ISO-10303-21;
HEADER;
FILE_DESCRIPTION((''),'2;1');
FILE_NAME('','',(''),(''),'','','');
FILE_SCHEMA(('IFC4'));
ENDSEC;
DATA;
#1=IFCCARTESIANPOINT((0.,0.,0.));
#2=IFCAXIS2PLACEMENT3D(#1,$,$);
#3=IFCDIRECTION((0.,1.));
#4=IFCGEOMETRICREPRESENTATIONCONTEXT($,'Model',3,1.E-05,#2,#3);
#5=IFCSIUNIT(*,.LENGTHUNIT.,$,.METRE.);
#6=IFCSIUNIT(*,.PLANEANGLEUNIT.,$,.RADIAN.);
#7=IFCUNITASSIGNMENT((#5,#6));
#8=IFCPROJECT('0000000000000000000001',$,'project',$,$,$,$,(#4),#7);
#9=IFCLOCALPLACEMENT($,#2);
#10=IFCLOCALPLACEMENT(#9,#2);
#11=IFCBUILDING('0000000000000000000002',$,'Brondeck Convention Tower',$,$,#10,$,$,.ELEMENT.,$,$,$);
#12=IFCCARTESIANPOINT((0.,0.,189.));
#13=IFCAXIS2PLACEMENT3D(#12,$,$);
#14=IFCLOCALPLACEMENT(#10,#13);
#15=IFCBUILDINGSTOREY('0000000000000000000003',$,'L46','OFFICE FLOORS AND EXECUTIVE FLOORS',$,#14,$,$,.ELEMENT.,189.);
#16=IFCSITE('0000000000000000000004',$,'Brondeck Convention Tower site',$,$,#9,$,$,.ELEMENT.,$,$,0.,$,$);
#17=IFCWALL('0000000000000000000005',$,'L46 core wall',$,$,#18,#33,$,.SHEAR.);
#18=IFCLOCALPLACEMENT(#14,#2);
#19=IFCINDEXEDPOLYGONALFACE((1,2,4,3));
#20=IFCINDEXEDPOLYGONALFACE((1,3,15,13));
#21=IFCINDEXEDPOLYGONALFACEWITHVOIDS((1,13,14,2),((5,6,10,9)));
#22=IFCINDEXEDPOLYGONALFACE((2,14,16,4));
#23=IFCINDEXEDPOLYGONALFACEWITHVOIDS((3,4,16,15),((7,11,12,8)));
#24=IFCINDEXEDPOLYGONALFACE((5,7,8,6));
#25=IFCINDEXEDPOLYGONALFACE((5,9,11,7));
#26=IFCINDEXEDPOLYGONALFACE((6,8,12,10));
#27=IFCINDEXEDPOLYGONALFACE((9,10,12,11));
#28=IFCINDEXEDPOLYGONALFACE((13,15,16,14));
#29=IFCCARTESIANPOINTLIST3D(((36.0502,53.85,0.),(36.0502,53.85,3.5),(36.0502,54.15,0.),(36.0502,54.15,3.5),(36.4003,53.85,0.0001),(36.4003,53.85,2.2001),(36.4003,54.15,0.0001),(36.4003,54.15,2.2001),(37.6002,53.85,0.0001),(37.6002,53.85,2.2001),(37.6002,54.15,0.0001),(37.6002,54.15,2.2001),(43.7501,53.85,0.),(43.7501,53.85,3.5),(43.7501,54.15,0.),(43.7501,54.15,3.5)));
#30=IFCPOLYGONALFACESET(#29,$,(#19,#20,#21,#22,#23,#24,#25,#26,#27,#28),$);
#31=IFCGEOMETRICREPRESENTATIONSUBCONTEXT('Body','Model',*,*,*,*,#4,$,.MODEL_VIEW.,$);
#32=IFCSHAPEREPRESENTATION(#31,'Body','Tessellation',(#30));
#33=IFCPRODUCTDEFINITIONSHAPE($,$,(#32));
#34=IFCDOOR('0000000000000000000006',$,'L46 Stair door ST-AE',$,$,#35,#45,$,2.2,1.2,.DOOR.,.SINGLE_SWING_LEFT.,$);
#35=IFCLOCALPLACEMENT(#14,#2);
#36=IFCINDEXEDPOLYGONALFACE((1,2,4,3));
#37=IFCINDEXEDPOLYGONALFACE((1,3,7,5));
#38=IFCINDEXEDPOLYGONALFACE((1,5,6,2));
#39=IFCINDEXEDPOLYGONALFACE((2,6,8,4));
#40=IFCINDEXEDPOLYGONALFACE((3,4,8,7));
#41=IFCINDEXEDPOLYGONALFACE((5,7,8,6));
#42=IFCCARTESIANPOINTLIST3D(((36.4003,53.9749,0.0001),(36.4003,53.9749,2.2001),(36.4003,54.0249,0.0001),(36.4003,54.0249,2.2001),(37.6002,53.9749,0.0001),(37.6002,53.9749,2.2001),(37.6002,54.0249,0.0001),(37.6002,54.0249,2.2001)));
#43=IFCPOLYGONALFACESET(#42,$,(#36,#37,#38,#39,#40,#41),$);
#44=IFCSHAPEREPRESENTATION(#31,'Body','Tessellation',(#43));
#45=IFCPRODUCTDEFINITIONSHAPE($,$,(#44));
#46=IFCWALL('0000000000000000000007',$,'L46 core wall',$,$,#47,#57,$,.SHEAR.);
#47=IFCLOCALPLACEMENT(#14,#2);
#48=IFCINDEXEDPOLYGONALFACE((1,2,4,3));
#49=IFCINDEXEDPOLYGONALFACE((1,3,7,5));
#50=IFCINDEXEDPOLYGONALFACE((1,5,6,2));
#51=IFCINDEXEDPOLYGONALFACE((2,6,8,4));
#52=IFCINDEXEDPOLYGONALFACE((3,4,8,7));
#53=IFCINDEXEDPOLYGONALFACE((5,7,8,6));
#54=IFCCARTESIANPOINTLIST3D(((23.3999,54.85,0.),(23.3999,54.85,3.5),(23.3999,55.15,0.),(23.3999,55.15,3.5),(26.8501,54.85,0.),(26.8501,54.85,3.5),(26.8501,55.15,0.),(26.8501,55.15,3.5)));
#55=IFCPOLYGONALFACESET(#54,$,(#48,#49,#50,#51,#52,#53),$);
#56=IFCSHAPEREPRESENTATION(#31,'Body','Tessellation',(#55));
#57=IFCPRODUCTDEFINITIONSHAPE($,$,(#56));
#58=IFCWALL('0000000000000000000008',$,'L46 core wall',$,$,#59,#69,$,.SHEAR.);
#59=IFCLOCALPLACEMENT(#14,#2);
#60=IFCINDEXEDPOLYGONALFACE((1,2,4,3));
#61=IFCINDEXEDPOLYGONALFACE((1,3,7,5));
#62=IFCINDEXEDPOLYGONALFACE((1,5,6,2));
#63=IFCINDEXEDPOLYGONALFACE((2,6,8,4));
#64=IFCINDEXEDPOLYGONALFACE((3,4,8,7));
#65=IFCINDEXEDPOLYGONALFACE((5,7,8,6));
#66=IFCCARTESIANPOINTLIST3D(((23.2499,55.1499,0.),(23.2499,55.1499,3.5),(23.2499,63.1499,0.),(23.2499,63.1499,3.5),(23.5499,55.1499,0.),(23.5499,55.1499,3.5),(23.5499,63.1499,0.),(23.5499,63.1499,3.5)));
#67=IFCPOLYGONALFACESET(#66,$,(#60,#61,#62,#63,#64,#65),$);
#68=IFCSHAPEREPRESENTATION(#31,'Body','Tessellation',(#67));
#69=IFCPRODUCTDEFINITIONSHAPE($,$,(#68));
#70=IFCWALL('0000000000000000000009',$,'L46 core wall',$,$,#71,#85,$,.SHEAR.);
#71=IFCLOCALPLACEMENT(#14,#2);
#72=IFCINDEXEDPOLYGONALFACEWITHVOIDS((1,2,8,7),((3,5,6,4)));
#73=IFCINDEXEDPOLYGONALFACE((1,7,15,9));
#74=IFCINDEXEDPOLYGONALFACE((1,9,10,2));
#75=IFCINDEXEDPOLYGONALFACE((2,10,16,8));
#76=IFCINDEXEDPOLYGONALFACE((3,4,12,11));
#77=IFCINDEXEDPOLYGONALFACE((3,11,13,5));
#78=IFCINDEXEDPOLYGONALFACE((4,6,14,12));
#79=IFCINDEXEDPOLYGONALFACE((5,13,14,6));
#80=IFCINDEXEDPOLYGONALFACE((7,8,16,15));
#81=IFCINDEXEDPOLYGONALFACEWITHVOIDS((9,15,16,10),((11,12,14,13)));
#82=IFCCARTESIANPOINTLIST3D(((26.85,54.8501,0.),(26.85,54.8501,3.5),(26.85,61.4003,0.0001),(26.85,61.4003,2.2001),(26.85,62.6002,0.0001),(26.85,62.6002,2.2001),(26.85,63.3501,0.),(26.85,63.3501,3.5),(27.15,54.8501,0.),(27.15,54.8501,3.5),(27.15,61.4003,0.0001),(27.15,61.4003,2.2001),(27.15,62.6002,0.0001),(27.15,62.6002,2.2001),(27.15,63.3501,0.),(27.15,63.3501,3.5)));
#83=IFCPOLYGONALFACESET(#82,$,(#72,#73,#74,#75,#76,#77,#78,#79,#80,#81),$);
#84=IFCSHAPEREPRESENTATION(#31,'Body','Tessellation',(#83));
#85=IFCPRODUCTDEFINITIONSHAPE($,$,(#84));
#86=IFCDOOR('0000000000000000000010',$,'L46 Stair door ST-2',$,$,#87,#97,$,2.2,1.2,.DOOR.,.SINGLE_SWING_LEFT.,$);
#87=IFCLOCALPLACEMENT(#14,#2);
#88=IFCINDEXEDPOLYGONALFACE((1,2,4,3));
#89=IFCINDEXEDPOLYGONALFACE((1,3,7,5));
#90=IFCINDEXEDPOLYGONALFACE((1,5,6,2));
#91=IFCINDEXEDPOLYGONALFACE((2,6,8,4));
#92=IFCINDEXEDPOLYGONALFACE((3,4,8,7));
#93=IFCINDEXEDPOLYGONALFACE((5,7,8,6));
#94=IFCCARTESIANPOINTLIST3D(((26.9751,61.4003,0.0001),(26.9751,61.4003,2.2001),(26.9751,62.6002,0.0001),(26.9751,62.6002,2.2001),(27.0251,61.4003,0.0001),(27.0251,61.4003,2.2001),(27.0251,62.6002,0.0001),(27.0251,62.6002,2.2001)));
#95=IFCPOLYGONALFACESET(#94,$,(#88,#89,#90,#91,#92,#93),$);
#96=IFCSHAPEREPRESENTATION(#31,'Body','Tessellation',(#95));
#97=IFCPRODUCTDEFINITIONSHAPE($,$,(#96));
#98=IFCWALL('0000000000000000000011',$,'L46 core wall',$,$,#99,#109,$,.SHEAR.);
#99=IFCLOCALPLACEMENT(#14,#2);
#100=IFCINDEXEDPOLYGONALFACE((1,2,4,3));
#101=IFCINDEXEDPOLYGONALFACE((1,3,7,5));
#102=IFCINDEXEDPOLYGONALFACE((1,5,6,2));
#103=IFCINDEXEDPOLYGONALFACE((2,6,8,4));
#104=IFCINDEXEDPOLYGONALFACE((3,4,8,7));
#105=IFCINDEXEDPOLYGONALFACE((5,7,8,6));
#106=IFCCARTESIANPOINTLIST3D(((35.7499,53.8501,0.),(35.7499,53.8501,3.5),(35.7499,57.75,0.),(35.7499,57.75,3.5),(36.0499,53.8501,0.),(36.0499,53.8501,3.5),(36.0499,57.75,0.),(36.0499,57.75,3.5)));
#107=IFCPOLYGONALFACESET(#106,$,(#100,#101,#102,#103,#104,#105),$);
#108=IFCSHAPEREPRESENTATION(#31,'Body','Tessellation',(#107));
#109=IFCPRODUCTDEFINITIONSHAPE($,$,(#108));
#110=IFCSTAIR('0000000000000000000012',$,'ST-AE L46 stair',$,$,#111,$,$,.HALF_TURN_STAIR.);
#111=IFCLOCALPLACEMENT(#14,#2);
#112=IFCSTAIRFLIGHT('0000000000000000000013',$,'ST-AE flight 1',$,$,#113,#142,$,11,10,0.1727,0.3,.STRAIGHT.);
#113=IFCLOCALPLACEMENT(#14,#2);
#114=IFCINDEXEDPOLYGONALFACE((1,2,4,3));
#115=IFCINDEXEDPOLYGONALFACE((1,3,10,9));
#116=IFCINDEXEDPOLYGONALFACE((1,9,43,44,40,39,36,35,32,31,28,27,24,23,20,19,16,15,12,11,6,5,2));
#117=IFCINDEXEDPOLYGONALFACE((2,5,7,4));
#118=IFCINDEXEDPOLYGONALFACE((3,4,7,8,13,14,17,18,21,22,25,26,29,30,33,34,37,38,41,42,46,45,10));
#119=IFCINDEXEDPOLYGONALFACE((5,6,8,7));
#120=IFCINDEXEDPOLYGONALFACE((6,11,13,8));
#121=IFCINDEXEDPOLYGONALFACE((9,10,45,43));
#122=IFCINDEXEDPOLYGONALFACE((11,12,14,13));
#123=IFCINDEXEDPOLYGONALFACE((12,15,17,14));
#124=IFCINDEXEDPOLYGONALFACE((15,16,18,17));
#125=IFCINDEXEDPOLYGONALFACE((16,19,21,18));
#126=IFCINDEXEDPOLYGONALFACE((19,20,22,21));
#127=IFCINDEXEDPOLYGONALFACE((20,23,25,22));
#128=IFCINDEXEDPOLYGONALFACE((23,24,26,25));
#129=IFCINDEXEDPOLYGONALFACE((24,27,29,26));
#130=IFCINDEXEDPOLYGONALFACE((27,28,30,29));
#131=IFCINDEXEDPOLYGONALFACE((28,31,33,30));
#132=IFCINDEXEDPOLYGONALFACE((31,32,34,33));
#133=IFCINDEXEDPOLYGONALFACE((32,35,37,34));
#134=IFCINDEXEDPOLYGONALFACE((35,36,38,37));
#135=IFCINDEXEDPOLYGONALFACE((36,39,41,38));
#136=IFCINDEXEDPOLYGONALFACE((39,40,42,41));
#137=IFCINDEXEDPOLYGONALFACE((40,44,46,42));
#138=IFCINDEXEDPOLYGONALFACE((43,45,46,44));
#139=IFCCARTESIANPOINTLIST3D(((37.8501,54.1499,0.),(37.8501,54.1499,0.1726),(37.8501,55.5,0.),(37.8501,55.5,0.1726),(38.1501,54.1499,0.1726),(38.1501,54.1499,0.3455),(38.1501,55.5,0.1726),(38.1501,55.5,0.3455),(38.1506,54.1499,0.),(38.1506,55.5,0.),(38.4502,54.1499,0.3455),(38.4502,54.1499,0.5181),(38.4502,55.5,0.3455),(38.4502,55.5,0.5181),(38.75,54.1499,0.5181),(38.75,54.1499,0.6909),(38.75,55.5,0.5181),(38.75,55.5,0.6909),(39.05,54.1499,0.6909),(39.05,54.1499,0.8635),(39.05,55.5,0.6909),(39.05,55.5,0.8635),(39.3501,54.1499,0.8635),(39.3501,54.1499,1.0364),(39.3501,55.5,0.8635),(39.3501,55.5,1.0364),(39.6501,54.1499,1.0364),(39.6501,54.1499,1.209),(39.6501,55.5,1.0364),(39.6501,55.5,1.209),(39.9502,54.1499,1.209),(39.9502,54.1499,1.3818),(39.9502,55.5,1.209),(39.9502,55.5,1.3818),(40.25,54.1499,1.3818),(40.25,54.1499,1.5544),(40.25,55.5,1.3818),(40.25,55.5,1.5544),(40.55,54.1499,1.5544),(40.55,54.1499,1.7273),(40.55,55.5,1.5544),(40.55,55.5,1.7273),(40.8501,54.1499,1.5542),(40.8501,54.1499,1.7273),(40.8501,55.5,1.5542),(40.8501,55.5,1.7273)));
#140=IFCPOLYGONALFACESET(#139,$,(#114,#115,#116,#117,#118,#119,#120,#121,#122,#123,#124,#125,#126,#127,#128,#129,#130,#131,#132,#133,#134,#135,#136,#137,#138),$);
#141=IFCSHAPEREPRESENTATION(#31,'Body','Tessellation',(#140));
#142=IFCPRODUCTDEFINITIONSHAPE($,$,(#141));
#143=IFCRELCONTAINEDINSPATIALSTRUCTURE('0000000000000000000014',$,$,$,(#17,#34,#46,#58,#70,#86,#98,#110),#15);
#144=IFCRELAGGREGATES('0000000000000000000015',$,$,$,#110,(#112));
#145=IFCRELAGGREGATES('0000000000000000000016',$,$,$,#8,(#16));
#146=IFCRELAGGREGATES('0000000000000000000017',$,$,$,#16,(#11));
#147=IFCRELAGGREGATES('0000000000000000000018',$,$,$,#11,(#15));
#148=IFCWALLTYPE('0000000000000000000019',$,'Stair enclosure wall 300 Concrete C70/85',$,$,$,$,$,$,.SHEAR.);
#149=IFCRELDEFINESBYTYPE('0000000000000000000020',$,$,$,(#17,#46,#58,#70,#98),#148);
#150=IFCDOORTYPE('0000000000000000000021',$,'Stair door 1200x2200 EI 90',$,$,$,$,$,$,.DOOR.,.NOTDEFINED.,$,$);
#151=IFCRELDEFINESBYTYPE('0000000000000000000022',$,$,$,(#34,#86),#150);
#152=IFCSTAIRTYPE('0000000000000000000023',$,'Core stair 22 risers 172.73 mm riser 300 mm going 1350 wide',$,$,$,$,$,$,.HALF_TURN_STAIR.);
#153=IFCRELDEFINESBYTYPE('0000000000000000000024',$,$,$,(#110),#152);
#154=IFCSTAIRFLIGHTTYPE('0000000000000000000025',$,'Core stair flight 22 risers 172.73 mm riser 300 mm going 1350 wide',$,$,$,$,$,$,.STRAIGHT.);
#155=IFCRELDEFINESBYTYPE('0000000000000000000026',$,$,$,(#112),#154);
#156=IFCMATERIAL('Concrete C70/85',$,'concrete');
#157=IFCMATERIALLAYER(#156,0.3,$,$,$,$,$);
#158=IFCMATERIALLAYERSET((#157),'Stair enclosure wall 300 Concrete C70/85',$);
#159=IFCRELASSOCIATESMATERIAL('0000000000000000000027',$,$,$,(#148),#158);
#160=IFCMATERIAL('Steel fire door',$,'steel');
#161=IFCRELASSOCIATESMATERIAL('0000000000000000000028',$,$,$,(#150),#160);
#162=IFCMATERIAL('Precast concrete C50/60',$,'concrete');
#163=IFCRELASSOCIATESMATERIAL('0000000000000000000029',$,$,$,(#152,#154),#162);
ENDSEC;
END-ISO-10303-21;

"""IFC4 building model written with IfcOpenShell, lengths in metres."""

from ifc_helpers import new_model, si_unit, direction, frame, frame_2d, origin, place, context, subcontext, project, spatial, polyline, rectangle, outline, extrude, material, layer, layer_set, type_object, element, fill, aggregate, save


model = new_model("IFC4")

# Units and contexts
model_context = context("Model", 3, precision=1e-05, world=origin(), true_north=direction((0.0, 1.0)))
body_context = subcontext(model_context, "Body", "Model", "MODEL_VIEW")
ifc_project = project(units=[si_unit("LENGTHUNIT", "METRE"), si_unit("PLANEANGLEUNIT", "RADIAN")], contexts=[model_context])

# Site, building, storey
site_placement = place(None, origin())
site = spatial("IfcSite", under=ifc_project, at=site_placement, Name="Brondeck Convention Tower site", CompositionType="ELEMENT", RefElevation=0.0)
building_placement = place(site_placement, origin())
building = spatial("IfcBuilding", under=site, at=building_placement, Name="Brondeck Convention Tower", CompositionType="ELEMENT")
storey_placement = place(building_placement, frame((0.0, 0.0, 189.0)))
storey = spatial("IfcBuildingStorey", under=building, at=storey_placement, Name="L46", Description="OFFICE FLOORS AND EXECUTIVE FLOORS", CompositionType="ELEMENT", Elevation=189.0)

# Shared definitions
ifc_material_1 = material(Name="Concrete C70/85", Category="concrete")

# Shared definitions
ifc_material_2 = material(Name="Steel fire door", Category="steel")

# Wall, opening, door
ifc_layer_1 = layer(ifc_material_1, 0.3)
ifc_layer_set_1 = layer_set([ifc_layer_1], Name="Stair enclosure wall 300 Concrete C70/85")
wall_type_1 = type_object("IfcWallType", Name="Stair enclosure wall 300 Concrete C70/85", PredefinedType="SHEAR", material=ifc_layer_set_1)
wall_1_placement = place(storey_placement, frame((36.05, 54.0, 0.0), z_axis=(0.0, 0.0, 1.0), x_axis=(1.0, 0.0, 0.0)))
wall_1 = element("IfcWall", 1, at=wall_1_placement, inside=storey, type_object=wall_type_1, Name="L46 core wall", PredefinedType="SHEAR", context=body_context, shape_type="SweptSolid", body=[
    extrude(rectangle(XDim=7.7, YDim=0.3, at=frame_2d((3.8501, 0.0))), origin(), (0.0, 0.0, 1.0), 3.5),
])
opening_1_placement = place(wall_1_placement, frame((0.3501, 0.0, 0.0)))
opening_1 = element("IfcOpeningElement", 2, at=opening_1_placement, cuts=wall_1, PredefinedType="OPENING", context=body_context, shape_type="SweptSolid", body=[
    extrude(rectangle(XDim=1.2, YDim=2.2, at=frame_2d((0.6001, 1.1001))), frame((0.0, 0.1599, 0.0), z_axis=(0.0, -1.0, 0.0), x_axis=(1.0, 0.0, 0.0)), (0.0, 0.0, 1.0), 0.3201),
])
door_type_1 = type_object("IfcDoorType", Name="Stair door 1200x2200 EI 90", OperationType="NOTDEFINED", PredefinedType="DOOR", material=ifc_material_2)
door_1_placement = place(opening_1_placement, origin())
door_1 = element("IfcDoor", 3, at=door_1_placement, inside=storey, type_object=door_type_1, Name="L46 Stair door ST-AE", OperationType="SINGLE_SWING_LEFT", OverallHeight=2.2, OverallWidth=1.2, PredefinedType="DOOR", context=body_context, shape_type="SweptSolid", body=[
    extrude(rectangle(XDim=1.2, YDim=2.2, at=frame_2d((0.6001, 1.1001))), frame((0.0, 0.0249, 0.0), z_axis=(0.0, -1.0, 0.0), x_axis=(1.0, 0.0, 0.0)), (0.0, 0.0, 1.0), 0.05),
])
fill(opening_1, door_1)

# Walls
wall_2_placement = place(storey_placement, frame((23.3999, 55.0, 0.0), z_axis=(0.0, 0.0, 1.0), x_axis=(1.0, 0.0, 0.0)))
element("IfcWall", 4, at=wall_2_placement, inside=storey, type_object=wall_type_1, Name="L46 core wall", PredefinedType="SHEAR", context=body_context, shape_type="SweptSolid", body=[
    extrude(rectangle(XDim=3.4502, YDim=0.3, at=frame_2d((1.7251, 0.0))), origin(), (0.0, 0.0, 1.0), 3.5),
])
wall_3_placement = place(storey_placement, frame((23.3999, 55.1499, 0.0), z_axis=(0.0, 0.0, 1.0), x_axis=(0.0, 1.0, 0.0)))
element("IfcWall", 5, at=wall_3_placement, inside=storey, type_object=wall_type_1, Name="L46 core wall", PredefinedType="SHEAR", context=body_context, shape_type="SweptSolid", body=[
    extrude(rectangle(XDim=8.0, YDim=0.3, at=frame_2d((4.0, 0.0))), origin(), (0.0, 0.0, 1.0), 3.5),
])

# Wall, opening, door
wall_4_placement = place(storey_placement, frame((27.0, 54.8501, 0.0), z_axis=(0.0, 0.0, 1.0), x_axis=(0.0, 1.0, 0.0)))
wall_4 = element("IfcWall", 6, at=wall_4_placement, inside=storey, type_object=wall_type_1, Name="L46 core wall", PredefinedType="SHEAR", context=body_context, shape_type="SweptSolid", body=[
    extrude(rectangle(XDim=8.5, YDim=0.3, at=frame_2d((4.25, 0.0))), origin(), (0.0, 0.0, 1.0), 3.5),
])
opening_2_placement = place(wall_4_placement, frame((6.55, 0.0, 0.0)))
opening_2 = element("IfcOpeningElement", 7, at=opening_2_placement, cuts=wall_4, PredefinedType="OPENING", context=body_context, shape_type="SweptSolid", body=[
    extrude(rectangle(XDim=1.2, YDim=2.2, at=frame_2d((0.6001, 1.1001))), frame((0.0, 0.1599, 0.0), z_axis=(0.0, -1.0, 0.0), x_axis=(1.0, 0.0, 0.0)), (0.0, 0.0, 1.0), 0.3201),
])
door_2_placement = place(opening_2_placement, origin())
door_2 = element("IfcDoor", 8, at=door_2_placement, inside=storey, type_object=door_type_1, Name="L46 Stair door ST-2", OperationType="SINGLE_SWING_LEFT", OverallHeight=2.2, OverallWidth=1.2, PredefinedType="DOOR", context=body_context, shape_type="SweptSolid", body=[
    extrude(rectangle(XDim=1.2, YDim=2.2, at=frame_2d((0.6001, 1.1001))), frame((0.0, 0.0249, 0.0), z_axis=(0.0, -1.0, 0.0), x_axis=(1.0, 0.0, 0.0)), (0.0, 0.0, 1.0), 0.05),
])
fill(opening_2, door_2)

# Wall
wall_5_placement = place(storey_placement, frame((35.8999, 53.8501, 0.0), z_axis=(0.0, 0.0, 1.0), x_axis=(0.0, 1.0, 0.0)))
element("IfcWall", 9, at=wall_5_placement, inside=storey, type_object=wall_type_1, Name="L46 core wall", PredefinedType="SHEAR", context=body_context, shape_type="SweptSolid", body=[
    extrude(rectangle(XDim=3.8999, YDim=0.3, at=frame_2d((1.95, 0.0))), origin(), (0.0, 0.0, 1.0), 3.5),
])

# Stair, stair flight
ifc_material_3 = material(Name="Precast concrete C50/60", Category="concrete")
stair_type = type_object("IfcStairType", Name="Core stair 22 risers 172.73 mm riser 300 mm going 1350 wide", PredefinedType="HALF_TURN_STAIR", material=ifc_material_3)
stair_placement = place(storey_placement, origin())
stair = element("IfcStair", 10, at=stair_placement, inside=storey, type_object=stair_type, Name="ST-AE L46 stair", PredefinedType="HALF_TURN_STAIR")
stair_flight_type = type_object("IfcStairFlightType", Name="Core stair flight 22 risers 172.73 mm riser 300 mm going 1350 wide", PredefinedType="STRAIGHT", material=ifc_material_3)
stair_flight_placement = place(storey_placement, frame((37.8501, 54.825, 0.0), z_axis=(0.0, 0.0, 1.0), x_axis=(1.0, 0.0, 0.0)))
stair_flight = element("IfcStairFlight", 11, at=stair_flight_placement, type_object=stair_flight_type, Name="ST-AE flight 1", NumberOfRisers=11, NumberOfTreads=10, PredefinedType="STRAIGHT", RiserHeight=0.1727, TreadLength=0.3, context=body_context, shape_type="SweptSolid", body=[
    extrude(outline(polyline([(0.0, 0.0), (0.0, 0.1726), (0.3, 0.1726), (0.3, 0.3455), (0.6001, 0.3455), (0.6001, 0.5181), (0.8999, 0.5181), (0.8999, 0.6909), (1.2, 0.6909), (1.2, 0.8635), (1.5, 0.8635), (1.5, 1.0364), (1.8, 1.0364), (1.8, 1.209), (2.1001, 1.209), (2.1001, 1.3818), (2.3999, 1.3818), (2.3999, 1.5544), (2.7, 1.5544), (2.7, 1.7273), (3.0, 1.7273), (3.0, 1.8999), (3.0, 1.5542), (0.3005, 0.0), (0.0, 0.0)])), frame((0.0, 0.675, 0.0), z_axis=(0.0, -1.0, 0.0), x_axis=(1.0, 0.0, 0.0)), (0.0, 0.0, 1.0), 1.3501),
])
aggregate(stair, [stair_flight])

save(model, "model.ifc")
